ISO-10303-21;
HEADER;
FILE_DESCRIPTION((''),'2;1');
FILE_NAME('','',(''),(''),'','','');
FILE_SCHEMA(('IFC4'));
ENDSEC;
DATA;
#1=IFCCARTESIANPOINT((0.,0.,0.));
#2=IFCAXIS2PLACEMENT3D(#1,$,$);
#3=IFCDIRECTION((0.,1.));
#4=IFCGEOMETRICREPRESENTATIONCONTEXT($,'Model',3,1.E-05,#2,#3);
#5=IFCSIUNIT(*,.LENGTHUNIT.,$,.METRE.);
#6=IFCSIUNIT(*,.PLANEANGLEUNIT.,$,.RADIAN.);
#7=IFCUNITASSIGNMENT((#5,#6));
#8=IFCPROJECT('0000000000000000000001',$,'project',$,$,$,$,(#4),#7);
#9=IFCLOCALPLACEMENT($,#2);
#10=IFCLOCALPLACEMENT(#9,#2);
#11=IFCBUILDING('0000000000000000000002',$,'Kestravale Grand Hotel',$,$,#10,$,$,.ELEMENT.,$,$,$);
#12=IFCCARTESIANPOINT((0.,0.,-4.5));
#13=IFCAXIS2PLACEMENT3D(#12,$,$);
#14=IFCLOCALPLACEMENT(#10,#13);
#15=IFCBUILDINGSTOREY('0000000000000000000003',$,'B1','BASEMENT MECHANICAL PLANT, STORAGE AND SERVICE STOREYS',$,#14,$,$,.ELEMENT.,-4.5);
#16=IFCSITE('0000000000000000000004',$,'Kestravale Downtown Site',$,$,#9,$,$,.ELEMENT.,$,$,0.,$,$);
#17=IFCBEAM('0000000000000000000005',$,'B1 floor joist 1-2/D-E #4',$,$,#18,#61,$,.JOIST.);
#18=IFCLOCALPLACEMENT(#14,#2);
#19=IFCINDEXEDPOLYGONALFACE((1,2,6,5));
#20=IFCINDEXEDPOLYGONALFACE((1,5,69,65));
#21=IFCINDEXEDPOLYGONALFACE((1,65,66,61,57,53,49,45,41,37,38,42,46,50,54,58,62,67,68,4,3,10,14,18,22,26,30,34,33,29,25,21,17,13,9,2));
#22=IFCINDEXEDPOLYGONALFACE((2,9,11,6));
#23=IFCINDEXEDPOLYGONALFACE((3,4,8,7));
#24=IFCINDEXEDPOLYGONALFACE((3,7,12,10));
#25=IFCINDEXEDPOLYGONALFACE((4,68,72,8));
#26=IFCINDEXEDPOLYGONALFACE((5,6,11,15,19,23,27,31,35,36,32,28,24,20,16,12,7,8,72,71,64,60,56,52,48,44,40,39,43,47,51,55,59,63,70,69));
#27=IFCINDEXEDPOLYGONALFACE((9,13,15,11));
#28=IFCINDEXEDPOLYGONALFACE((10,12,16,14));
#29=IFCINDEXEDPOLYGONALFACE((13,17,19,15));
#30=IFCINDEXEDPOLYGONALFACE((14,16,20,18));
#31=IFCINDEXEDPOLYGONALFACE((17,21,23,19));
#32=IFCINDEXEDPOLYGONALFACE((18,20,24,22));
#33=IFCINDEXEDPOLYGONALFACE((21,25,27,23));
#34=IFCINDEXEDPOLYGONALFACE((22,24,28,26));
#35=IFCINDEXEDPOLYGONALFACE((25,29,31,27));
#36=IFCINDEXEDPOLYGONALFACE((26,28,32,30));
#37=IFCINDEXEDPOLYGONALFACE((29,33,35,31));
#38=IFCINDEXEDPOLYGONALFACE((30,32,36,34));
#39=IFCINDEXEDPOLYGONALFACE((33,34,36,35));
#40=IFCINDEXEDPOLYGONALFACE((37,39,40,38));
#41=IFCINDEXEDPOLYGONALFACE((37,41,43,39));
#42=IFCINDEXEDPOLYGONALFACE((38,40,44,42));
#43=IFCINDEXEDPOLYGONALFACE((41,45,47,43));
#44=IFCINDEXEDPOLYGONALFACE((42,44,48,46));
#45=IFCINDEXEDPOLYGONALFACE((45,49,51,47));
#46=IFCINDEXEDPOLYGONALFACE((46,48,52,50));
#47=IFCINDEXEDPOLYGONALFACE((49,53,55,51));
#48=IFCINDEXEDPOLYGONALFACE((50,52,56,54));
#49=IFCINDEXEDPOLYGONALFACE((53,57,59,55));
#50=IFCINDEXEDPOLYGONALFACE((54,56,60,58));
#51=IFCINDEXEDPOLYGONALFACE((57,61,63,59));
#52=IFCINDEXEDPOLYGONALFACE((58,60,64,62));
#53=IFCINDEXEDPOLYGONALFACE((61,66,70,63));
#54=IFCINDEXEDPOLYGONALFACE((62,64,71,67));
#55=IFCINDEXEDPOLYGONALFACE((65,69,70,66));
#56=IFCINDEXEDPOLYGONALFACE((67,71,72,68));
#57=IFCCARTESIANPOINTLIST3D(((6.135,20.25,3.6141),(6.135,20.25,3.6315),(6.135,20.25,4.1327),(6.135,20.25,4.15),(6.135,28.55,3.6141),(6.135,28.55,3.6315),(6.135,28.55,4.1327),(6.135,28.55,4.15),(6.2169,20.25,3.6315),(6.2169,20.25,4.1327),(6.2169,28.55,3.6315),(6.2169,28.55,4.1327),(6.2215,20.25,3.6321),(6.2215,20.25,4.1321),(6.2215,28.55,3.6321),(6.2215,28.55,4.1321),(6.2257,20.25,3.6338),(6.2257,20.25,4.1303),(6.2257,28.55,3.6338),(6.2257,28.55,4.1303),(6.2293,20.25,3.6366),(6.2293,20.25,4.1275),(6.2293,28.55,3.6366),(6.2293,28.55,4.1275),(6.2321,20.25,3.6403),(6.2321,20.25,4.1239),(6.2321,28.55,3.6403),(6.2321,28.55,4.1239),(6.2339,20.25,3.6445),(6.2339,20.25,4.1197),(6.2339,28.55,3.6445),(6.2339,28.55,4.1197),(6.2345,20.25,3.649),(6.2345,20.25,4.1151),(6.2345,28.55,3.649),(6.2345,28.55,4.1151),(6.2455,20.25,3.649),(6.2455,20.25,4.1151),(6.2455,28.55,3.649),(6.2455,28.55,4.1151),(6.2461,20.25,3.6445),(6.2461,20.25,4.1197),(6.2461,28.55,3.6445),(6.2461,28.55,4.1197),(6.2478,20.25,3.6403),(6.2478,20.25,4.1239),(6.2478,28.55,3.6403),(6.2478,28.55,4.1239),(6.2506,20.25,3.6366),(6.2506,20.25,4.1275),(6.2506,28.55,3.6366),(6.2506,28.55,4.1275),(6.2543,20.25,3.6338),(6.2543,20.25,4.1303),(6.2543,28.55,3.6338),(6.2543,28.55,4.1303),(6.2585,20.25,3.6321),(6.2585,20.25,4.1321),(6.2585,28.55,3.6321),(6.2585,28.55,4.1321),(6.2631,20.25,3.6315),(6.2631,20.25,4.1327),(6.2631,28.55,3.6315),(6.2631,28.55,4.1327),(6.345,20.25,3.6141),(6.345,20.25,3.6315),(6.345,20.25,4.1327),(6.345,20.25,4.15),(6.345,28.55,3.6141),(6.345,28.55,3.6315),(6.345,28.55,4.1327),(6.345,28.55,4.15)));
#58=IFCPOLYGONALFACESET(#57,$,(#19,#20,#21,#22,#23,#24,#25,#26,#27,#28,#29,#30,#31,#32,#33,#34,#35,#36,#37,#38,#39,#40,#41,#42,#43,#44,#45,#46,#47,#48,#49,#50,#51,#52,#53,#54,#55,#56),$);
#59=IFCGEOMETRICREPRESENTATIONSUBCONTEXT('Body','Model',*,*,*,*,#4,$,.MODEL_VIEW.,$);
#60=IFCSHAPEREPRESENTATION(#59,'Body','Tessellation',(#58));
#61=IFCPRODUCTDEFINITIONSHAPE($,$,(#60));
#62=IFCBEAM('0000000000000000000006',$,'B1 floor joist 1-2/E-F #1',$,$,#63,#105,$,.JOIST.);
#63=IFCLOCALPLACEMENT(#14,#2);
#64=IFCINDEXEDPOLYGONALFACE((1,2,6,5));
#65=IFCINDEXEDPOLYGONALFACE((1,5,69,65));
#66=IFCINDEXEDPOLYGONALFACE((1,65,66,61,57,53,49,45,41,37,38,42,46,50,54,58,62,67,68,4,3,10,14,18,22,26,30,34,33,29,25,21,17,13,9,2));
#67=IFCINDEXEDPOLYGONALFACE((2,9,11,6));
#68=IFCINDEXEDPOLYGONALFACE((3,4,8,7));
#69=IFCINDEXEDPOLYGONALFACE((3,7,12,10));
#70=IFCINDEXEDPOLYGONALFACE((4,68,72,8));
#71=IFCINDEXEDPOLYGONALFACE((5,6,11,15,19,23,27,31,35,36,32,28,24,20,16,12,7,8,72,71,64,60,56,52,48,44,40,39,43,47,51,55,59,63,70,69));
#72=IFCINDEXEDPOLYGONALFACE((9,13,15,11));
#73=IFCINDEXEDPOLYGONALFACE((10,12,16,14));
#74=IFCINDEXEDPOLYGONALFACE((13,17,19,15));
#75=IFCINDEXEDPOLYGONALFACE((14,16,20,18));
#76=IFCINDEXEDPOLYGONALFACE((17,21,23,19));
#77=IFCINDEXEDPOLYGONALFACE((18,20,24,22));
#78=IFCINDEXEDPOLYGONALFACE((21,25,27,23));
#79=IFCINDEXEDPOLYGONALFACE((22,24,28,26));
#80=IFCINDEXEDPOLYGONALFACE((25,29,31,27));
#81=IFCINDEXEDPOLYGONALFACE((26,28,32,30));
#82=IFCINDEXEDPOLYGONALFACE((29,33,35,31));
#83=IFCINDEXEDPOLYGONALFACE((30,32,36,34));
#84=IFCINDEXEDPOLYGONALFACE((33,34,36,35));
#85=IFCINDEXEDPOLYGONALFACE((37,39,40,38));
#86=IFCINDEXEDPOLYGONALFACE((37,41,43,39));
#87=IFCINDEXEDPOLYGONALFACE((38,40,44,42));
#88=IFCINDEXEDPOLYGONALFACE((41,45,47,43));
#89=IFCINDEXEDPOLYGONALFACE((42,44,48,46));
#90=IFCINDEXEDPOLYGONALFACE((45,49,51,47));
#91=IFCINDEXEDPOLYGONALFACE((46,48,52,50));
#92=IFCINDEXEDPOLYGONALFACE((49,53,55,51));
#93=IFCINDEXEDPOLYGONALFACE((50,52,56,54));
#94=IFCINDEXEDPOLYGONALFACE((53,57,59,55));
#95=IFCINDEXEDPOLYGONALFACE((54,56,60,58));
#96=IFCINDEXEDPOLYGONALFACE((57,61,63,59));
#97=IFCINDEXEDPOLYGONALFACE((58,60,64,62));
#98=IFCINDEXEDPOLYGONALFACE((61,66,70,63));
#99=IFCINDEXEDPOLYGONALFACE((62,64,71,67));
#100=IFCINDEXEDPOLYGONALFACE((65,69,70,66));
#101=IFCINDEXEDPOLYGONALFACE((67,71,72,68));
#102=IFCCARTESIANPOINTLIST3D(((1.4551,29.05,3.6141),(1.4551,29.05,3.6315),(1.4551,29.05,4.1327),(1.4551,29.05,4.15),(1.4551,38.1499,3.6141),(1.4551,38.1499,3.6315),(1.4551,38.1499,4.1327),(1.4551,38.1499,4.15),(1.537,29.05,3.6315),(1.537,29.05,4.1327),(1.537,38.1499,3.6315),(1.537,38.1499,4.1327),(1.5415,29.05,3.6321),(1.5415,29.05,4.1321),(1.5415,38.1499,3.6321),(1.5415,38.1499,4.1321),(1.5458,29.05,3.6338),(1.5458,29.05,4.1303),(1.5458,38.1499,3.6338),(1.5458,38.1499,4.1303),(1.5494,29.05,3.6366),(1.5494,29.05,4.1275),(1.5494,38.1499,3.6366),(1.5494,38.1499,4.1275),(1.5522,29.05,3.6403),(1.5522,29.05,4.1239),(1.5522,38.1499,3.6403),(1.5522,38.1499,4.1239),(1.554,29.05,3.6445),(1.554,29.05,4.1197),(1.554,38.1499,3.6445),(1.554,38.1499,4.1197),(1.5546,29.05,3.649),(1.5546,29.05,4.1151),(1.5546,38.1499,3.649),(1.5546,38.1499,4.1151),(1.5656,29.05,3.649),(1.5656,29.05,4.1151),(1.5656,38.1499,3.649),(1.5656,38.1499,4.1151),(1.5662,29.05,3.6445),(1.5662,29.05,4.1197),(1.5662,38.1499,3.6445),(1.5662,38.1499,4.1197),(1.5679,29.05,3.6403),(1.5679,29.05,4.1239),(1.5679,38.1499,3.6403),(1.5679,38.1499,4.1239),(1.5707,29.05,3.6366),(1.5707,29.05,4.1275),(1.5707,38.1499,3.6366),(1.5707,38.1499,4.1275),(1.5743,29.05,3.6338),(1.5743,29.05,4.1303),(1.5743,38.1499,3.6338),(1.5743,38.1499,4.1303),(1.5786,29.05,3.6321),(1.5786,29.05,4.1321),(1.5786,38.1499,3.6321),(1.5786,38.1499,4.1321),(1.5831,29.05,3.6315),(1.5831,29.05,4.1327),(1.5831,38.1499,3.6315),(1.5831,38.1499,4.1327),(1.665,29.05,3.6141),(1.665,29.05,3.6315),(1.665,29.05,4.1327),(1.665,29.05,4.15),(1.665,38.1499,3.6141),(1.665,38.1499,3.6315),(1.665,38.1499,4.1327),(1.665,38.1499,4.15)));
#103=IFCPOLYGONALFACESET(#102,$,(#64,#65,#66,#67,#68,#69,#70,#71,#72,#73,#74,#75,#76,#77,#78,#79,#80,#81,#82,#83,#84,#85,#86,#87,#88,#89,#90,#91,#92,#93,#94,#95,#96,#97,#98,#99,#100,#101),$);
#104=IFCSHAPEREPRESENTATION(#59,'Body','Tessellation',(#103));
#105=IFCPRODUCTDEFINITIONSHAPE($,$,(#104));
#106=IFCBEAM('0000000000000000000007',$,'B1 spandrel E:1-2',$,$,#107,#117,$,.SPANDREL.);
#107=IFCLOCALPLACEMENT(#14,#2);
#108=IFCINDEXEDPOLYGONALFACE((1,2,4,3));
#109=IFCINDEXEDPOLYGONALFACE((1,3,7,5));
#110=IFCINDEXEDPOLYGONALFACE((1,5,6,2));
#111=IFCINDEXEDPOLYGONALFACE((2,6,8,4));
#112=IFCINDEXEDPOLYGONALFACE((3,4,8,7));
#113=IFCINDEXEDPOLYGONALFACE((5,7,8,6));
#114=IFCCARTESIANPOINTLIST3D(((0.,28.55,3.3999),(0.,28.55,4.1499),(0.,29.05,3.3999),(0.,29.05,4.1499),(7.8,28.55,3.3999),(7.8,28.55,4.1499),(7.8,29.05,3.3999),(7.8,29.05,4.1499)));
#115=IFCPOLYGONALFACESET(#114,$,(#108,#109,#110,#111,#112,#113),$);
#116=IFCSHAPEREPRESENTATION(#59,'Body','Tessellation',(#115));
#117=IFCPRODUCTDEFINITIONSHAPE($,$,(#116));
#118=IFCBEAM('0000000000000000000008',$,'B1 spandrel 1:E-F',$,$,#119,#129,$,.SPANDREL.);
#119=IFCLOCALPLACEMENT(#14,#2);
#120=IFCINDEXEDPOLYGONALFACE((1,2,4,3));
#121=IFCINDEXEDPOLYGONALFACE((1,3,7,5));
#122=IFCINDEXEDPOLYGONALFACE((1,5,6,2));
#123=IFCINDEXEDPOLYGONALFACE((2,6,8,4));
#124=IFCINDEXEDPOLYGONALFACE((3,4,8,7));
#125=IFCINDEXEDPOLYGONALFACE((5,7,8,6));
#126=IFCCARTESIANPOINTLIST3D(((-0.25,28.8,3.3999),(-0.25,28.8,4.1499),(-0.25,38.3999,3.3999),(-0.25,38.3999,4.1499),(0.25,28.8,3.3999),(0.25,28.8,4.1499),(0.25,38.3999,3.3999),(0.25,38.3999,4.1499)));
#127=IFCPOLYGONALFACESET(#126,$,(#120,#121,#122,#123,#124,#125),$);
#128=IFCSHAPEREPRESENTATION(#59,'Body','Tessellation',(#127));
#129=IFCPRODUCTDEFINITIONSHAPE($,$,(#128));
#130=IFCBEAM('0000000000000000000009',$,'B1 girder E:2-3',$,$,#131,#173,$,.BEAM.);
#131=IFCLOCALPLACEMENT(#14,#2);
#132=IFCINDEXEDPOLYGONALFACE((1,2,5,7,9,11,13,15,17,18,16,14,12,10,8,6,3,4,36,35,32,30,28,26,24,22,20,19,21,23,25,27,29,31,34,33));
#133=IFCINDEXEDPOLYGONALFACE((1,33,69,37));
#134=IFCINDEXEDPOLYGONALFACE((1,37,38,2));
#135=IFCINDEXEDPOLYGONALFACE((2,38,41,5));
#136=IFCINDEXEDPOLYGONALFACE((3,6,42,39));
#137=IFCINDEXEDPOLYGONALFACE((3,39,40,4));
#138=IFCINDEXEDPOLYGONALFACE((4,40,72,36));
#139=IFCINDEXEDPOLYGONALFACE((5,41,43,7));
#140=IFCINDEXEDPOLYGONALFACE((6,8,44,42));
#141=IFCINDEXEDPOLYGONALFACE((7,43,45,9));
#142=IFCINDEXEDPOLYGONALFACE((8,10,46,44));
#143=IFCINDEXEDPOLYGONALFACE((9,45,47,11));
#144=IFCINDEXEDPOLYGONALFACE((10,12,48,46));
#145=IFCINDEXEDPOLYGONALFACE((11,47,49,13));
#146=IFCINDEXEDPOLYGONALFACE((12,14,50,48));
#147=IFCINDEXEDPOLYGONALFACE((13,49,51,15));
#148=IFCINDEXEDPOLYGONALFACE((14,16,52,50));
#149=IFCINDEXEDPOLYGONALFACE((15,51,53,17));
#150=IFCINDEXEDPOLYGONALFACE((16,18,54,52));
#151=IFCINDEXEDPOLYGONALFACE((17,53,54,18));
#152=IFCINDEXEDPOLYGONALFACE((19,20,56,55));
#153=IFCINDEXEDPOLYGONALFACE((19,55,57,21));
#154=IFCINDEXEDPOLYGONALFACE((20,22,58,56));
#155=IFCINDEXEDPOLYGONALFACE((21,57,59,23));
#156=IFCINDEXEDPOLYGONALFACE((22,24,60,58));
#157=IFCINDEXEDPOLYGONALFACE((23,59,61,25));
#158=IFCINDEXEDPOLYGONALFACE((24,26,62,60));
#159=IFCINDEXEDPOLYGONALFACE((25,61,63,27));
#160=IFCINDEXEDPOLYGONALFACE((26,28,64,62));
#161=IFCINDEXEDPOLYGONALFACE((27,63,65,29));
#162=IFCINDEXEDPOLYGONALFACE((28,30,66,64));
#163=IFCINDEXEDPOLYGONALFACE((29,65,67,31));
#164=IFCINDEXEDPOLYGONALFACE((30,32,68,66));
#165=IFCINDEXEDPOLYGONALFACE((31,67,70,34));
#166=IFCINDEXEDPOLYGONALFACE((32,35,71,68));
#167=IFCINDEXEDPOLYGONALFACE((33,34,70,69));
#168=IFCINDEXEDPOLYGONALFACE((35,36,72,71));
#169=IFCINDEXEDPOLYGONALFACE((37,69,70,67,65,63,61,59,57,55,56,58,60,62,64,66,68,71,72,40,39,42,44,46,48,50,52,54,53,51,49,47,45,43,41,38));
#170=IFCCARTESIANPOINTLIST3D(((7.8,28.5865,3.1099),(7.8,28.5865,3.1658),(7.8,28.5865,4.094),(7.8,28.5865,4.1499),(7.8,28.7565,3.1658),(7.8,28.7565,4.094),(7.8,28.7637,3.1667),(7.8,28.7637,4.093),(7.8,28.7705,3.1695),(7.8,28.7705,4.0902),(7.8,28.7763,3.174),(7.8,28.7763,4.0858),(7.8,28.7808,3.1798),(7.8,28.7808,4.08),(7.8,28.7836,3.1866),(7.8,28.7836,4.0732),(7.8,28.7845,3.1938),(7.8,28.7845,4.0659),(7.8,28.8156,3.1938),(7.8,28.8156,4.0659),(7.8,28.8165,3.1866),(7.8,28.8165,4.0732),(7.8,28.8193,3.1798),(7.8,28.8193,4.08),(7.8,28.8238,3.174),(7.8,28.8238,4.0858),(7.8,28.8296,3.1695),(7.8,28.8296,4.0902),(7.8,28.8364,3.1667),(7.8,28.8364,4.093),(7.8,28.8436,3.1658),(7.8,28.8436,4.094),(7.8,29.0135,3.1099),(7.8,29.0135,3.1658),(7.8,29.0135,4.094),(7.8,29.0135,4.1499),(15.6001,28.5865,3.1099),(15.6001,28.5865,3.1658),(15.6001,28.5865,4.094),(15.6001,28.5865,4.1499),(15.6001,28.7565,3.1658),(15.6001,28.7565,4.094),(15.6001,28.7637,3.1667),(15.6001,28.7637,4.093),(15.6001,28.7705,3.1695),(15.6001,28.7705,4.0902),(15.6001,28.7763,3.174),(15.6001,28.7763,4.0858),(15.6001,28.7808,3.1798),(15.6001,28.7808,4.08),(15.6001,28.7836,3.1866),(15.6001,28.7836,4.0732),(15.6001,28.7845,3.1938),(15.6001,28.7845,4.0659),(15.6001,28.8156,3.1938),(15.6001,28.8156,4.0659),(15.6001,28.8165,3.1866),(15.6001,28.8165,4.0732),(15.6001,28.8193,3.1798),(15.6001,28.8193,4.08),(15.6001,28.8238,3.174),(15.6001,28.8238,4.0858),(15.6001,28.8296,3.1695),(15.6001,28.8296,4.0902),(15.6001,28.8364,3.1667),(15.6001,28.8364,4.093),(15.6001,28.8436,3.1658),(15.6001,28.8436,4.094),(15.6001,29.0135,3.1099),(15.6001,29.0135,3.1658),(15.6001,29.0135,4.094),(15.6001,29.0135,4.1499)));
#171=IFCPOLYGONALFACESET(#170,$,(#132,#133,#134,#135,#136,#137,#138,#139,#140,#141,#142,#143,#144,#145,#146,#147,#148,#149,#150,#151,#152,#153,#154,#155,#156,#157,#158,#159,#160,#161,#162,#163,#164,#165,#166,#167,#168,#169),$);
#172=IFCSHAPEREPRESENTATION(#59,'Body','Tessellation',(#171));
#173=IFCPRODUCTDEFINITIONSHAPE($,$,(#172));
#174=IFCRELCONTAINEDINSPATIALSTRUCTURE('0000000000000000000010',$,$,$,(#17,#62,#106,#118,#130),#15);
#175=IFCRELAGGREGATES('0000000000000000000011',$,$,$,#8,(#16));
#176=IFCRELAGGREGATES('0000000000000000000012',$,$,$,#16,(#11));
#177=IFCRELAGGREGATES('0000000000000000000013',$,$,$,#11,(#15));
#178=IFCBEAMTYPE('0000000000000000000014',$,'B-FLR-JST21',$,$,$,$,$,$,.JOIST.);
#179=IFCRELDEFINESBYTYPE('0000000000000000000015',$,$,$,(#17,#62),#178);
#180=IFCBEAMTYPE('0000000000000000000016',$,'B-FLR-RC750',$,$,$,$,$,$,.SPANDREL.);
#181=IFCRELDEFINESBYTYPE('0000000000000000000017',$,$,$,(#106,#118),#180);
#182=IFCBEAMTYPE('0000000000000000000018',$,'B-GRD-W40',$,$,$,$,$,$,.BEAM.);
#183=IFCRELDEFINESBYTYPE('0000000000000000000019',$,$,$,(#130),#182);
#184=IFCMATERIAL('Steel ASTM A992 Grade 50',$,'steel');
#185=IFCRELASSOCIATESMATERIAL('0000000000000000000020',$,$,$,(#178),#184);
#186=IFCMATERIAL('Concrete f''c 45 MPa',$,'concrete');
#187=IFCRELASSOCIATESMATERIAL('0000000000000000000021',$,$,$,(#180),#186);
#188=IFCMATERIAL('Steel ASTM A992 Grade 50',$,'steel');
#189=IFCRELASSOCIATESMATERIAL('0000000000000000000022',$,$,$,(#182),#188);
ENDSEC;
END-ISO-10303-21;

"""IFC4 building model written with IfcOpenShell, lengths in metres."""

from ifc_helpers import new_model, si_unit, direction, frame, origin, origin_2d, place, context, subcontext, project, spatial, rectangle, i_section, extrude, material, material_profile, profile_set, type_object, element, save


model = new_model("IFC4")

# Units and contexts
model_context = context("Model", 3, precision=1e-05, world=origin(), true_north=direction((0.0, 1.0)))
body_context = subcontext(model_context, "Body", "Model", "MODEL_VIEW")
ifc_project = project(units=[si_unit("LENGTHUNIT", "METRE"), si_unit("PLANEANGLEUNIT", "RADIAN")], contexts=[model_context])

# Site, building, storey
site_placement = place(None, origin())
site = spatial("IfcSite", under=ifc_project, at=site_placement, Name="Kestravale Downtown Site", CompositionType="ELEMENT", RefElevation=0.0)
building_placement = place(site_placement, origin())
building = spatial("IfcBuilding", under=site, at=building_placement, Name="Kestravale Grand Hotel", CompositionType="ELEMENT")
storey_placement = place(building_placement, frame((0.0, 0.0, -4.5)))
storey = spatial("IfcBuildingStorey", under=building, at=storey_placement, Name="B1", Description="BASEMENT MECHANICAL PLANT, STORAGE AND SERVICE STOREYS", CompositionType="ELEMENT", Elevation=-4.5)

# Beams
ifc_material_1 = material(Name="Steel ASTM A992 Grade 50", Category="steel")
ifc_material_profile_1 = material_profile(ifc_material_1, i_section(OverallWidth=0.21, OverallDepth=0.5359, WebThickness=0.011, FlangeThickness=0.0173, FilletRadius=0.0176, at=origin_2d()))
ifc_profile_set_1 = profile_set([ifc_material_profile_1], Name="Steel ASTM A992 Grade 50")
beam_type_1 = type_object("IfcBeamType", Name="B-FLR-JST21", PredefinedType="JOIST", material=ifc_profile_set_1)
for number, where, z_axis, x_axis, name in (
    (1, (6.24, 20.25, 3.8821), (0.0, 1.0, 0.0), (-1.0, 0.0, 0.0), "B1 floor joist 1-2/D-E #4"),
):
    element("IfcBeam", number, at=place(storey_placement, frame(where, z_axis=z_axis, x_axis=x_axis)), inside=storey, type_object=beam_type_1, Name=name, PredefinedType="JOIST", context=body_context, shape_type="SweptSolid", body=[
        extrude(i_section(OverallWidth=0.21, OverallDepth=0.5359, WebThickness=0.011, FlangeThickness=0.0173, FilletRadius=0.0176, at=origin_2d()), origin(), (0.0, 0.0, 1.0), 8.3),
    ])
beam_1_placement = place(storey_placement, frame((1.5601, 29.05, 3.8821), z_axis=(0.0, 1.0, 0.0), x_axis=(-1.0, 0.0, 0.0)))
element("IfcBeam", 2, at=beam_1_placement, inside=storey, type_object=beam_type_1, Name="B1 floor joist 1-2/E-F #1", PredefinedType="JOIST", context=body_context, shape_type="SweptSolid", body=[
    extrude(i_section(OverallWidth=0.21, OverallDepth=0.5359, WebThickness=0.011, FlangeThickness=0.0173, FilletRadius=0.0176, at=origin_2d()), origin(), (0.0, 0.0, 1.0), 9.0999),
])
ifc_material_2 = material(Name="Concrete f'c 45 MPa", Category="concrete")
ifc_material_profile_2 = material_profile(ifc_material_2, rectangle(XDim=0.5, YDim=0.75, at=origin_2d()))
ifc_profile_set_2 = profile_set([ifc_material_profile_2], Name="Concrete f'c 45 MPa")
beam_type_2 = type_object("IfcBeamType", Name="B-FLR-RC750", PredefinedType="SPANDREL", material=ifc_profile_set_2)
beam_2_placement = place(storey_placement, frame((0.0, 28.8, 3.7749), z_axis=(1.0, 0.0, 0.0), x_axis=(0.0, 1.0, 0.0)))
element("IfcBeam", 3, at=beam_2_placement, inside=storey, type_object=beam_type_2, Name="B1 spandrel E:1-2", PredefinedType="SPANDREL", context=body_context, shape_type="SweptSolid", body=[
    extrude(rectangle(XDim=0.5, YDim=0.75, at=origin_2d()), origin(), (0.0, 0.0, 1.0), 7.8),
])
beam_3_placement = place(storey_placement, frame((0.0, 28.8, 3.7749), z_axis=(0.0, 1.0, 0.0), x_axis=(-1.0, 0.0, 0.0)))
element("IfcBeam", 4, at=beam_3_placement, inside=storey, type_object=beam_type_2, Name="B1 spandrel 1:E-F", PredefinedType="SPANDREL", context=body_context, shape_type="SweptSolid", body=[
    extrude(rectangle(XDim=0.5, YDim=0.75, at=origin_2d()), origin(), (0.0, 0.0, 1.0), 9.5999),
])
ifc_material_3 = material(Name="Steel ASTM A992 Grade 50", Category="steel")
ifc_material_profile_3 = material_profile(ifc_material_3, i_section(OverallWidth=0.427, OverallDepth=1.04, WebThickness=0.031, FlangeThickness=0.0559, FilletRadius=0.0281, at=origin_2d()))
ifc_profile_set_3 = profile_set([ifc_material_profile_3], Name="Steel ASTM A992 Grade 50")
beam_type_3 = type_object("IfcBeamType", Name="B-GRD-W40", PredefinedType="BEAM", material=ifc_profile_set_3)
beam_4_placement = place(storey_placement, frame((7.8, 28.8, 3.6299), z_axis=(1.0, 0.0, 0.0), x_axis=(0.0, 1.0, 0.0)))
element("IfcBeam", 5, at=beam_4_placement, inside=storey, type_object=beam_type_3, Name="B1 girder E:2-3", PredefinedType="BEAM", context=body_context, shape_type="SweptSolid", body=[
    extrude(i_section(OverallWidth=0.427, OverallDepth=1.04, WebThickness=0.031, FlangeThickness=0.0559, FilletRadius=0.0281, at=origin_2d()), origin(), (0.0, 0.0, 1.0), 7.8),
])

save(model, "model.ifc")
